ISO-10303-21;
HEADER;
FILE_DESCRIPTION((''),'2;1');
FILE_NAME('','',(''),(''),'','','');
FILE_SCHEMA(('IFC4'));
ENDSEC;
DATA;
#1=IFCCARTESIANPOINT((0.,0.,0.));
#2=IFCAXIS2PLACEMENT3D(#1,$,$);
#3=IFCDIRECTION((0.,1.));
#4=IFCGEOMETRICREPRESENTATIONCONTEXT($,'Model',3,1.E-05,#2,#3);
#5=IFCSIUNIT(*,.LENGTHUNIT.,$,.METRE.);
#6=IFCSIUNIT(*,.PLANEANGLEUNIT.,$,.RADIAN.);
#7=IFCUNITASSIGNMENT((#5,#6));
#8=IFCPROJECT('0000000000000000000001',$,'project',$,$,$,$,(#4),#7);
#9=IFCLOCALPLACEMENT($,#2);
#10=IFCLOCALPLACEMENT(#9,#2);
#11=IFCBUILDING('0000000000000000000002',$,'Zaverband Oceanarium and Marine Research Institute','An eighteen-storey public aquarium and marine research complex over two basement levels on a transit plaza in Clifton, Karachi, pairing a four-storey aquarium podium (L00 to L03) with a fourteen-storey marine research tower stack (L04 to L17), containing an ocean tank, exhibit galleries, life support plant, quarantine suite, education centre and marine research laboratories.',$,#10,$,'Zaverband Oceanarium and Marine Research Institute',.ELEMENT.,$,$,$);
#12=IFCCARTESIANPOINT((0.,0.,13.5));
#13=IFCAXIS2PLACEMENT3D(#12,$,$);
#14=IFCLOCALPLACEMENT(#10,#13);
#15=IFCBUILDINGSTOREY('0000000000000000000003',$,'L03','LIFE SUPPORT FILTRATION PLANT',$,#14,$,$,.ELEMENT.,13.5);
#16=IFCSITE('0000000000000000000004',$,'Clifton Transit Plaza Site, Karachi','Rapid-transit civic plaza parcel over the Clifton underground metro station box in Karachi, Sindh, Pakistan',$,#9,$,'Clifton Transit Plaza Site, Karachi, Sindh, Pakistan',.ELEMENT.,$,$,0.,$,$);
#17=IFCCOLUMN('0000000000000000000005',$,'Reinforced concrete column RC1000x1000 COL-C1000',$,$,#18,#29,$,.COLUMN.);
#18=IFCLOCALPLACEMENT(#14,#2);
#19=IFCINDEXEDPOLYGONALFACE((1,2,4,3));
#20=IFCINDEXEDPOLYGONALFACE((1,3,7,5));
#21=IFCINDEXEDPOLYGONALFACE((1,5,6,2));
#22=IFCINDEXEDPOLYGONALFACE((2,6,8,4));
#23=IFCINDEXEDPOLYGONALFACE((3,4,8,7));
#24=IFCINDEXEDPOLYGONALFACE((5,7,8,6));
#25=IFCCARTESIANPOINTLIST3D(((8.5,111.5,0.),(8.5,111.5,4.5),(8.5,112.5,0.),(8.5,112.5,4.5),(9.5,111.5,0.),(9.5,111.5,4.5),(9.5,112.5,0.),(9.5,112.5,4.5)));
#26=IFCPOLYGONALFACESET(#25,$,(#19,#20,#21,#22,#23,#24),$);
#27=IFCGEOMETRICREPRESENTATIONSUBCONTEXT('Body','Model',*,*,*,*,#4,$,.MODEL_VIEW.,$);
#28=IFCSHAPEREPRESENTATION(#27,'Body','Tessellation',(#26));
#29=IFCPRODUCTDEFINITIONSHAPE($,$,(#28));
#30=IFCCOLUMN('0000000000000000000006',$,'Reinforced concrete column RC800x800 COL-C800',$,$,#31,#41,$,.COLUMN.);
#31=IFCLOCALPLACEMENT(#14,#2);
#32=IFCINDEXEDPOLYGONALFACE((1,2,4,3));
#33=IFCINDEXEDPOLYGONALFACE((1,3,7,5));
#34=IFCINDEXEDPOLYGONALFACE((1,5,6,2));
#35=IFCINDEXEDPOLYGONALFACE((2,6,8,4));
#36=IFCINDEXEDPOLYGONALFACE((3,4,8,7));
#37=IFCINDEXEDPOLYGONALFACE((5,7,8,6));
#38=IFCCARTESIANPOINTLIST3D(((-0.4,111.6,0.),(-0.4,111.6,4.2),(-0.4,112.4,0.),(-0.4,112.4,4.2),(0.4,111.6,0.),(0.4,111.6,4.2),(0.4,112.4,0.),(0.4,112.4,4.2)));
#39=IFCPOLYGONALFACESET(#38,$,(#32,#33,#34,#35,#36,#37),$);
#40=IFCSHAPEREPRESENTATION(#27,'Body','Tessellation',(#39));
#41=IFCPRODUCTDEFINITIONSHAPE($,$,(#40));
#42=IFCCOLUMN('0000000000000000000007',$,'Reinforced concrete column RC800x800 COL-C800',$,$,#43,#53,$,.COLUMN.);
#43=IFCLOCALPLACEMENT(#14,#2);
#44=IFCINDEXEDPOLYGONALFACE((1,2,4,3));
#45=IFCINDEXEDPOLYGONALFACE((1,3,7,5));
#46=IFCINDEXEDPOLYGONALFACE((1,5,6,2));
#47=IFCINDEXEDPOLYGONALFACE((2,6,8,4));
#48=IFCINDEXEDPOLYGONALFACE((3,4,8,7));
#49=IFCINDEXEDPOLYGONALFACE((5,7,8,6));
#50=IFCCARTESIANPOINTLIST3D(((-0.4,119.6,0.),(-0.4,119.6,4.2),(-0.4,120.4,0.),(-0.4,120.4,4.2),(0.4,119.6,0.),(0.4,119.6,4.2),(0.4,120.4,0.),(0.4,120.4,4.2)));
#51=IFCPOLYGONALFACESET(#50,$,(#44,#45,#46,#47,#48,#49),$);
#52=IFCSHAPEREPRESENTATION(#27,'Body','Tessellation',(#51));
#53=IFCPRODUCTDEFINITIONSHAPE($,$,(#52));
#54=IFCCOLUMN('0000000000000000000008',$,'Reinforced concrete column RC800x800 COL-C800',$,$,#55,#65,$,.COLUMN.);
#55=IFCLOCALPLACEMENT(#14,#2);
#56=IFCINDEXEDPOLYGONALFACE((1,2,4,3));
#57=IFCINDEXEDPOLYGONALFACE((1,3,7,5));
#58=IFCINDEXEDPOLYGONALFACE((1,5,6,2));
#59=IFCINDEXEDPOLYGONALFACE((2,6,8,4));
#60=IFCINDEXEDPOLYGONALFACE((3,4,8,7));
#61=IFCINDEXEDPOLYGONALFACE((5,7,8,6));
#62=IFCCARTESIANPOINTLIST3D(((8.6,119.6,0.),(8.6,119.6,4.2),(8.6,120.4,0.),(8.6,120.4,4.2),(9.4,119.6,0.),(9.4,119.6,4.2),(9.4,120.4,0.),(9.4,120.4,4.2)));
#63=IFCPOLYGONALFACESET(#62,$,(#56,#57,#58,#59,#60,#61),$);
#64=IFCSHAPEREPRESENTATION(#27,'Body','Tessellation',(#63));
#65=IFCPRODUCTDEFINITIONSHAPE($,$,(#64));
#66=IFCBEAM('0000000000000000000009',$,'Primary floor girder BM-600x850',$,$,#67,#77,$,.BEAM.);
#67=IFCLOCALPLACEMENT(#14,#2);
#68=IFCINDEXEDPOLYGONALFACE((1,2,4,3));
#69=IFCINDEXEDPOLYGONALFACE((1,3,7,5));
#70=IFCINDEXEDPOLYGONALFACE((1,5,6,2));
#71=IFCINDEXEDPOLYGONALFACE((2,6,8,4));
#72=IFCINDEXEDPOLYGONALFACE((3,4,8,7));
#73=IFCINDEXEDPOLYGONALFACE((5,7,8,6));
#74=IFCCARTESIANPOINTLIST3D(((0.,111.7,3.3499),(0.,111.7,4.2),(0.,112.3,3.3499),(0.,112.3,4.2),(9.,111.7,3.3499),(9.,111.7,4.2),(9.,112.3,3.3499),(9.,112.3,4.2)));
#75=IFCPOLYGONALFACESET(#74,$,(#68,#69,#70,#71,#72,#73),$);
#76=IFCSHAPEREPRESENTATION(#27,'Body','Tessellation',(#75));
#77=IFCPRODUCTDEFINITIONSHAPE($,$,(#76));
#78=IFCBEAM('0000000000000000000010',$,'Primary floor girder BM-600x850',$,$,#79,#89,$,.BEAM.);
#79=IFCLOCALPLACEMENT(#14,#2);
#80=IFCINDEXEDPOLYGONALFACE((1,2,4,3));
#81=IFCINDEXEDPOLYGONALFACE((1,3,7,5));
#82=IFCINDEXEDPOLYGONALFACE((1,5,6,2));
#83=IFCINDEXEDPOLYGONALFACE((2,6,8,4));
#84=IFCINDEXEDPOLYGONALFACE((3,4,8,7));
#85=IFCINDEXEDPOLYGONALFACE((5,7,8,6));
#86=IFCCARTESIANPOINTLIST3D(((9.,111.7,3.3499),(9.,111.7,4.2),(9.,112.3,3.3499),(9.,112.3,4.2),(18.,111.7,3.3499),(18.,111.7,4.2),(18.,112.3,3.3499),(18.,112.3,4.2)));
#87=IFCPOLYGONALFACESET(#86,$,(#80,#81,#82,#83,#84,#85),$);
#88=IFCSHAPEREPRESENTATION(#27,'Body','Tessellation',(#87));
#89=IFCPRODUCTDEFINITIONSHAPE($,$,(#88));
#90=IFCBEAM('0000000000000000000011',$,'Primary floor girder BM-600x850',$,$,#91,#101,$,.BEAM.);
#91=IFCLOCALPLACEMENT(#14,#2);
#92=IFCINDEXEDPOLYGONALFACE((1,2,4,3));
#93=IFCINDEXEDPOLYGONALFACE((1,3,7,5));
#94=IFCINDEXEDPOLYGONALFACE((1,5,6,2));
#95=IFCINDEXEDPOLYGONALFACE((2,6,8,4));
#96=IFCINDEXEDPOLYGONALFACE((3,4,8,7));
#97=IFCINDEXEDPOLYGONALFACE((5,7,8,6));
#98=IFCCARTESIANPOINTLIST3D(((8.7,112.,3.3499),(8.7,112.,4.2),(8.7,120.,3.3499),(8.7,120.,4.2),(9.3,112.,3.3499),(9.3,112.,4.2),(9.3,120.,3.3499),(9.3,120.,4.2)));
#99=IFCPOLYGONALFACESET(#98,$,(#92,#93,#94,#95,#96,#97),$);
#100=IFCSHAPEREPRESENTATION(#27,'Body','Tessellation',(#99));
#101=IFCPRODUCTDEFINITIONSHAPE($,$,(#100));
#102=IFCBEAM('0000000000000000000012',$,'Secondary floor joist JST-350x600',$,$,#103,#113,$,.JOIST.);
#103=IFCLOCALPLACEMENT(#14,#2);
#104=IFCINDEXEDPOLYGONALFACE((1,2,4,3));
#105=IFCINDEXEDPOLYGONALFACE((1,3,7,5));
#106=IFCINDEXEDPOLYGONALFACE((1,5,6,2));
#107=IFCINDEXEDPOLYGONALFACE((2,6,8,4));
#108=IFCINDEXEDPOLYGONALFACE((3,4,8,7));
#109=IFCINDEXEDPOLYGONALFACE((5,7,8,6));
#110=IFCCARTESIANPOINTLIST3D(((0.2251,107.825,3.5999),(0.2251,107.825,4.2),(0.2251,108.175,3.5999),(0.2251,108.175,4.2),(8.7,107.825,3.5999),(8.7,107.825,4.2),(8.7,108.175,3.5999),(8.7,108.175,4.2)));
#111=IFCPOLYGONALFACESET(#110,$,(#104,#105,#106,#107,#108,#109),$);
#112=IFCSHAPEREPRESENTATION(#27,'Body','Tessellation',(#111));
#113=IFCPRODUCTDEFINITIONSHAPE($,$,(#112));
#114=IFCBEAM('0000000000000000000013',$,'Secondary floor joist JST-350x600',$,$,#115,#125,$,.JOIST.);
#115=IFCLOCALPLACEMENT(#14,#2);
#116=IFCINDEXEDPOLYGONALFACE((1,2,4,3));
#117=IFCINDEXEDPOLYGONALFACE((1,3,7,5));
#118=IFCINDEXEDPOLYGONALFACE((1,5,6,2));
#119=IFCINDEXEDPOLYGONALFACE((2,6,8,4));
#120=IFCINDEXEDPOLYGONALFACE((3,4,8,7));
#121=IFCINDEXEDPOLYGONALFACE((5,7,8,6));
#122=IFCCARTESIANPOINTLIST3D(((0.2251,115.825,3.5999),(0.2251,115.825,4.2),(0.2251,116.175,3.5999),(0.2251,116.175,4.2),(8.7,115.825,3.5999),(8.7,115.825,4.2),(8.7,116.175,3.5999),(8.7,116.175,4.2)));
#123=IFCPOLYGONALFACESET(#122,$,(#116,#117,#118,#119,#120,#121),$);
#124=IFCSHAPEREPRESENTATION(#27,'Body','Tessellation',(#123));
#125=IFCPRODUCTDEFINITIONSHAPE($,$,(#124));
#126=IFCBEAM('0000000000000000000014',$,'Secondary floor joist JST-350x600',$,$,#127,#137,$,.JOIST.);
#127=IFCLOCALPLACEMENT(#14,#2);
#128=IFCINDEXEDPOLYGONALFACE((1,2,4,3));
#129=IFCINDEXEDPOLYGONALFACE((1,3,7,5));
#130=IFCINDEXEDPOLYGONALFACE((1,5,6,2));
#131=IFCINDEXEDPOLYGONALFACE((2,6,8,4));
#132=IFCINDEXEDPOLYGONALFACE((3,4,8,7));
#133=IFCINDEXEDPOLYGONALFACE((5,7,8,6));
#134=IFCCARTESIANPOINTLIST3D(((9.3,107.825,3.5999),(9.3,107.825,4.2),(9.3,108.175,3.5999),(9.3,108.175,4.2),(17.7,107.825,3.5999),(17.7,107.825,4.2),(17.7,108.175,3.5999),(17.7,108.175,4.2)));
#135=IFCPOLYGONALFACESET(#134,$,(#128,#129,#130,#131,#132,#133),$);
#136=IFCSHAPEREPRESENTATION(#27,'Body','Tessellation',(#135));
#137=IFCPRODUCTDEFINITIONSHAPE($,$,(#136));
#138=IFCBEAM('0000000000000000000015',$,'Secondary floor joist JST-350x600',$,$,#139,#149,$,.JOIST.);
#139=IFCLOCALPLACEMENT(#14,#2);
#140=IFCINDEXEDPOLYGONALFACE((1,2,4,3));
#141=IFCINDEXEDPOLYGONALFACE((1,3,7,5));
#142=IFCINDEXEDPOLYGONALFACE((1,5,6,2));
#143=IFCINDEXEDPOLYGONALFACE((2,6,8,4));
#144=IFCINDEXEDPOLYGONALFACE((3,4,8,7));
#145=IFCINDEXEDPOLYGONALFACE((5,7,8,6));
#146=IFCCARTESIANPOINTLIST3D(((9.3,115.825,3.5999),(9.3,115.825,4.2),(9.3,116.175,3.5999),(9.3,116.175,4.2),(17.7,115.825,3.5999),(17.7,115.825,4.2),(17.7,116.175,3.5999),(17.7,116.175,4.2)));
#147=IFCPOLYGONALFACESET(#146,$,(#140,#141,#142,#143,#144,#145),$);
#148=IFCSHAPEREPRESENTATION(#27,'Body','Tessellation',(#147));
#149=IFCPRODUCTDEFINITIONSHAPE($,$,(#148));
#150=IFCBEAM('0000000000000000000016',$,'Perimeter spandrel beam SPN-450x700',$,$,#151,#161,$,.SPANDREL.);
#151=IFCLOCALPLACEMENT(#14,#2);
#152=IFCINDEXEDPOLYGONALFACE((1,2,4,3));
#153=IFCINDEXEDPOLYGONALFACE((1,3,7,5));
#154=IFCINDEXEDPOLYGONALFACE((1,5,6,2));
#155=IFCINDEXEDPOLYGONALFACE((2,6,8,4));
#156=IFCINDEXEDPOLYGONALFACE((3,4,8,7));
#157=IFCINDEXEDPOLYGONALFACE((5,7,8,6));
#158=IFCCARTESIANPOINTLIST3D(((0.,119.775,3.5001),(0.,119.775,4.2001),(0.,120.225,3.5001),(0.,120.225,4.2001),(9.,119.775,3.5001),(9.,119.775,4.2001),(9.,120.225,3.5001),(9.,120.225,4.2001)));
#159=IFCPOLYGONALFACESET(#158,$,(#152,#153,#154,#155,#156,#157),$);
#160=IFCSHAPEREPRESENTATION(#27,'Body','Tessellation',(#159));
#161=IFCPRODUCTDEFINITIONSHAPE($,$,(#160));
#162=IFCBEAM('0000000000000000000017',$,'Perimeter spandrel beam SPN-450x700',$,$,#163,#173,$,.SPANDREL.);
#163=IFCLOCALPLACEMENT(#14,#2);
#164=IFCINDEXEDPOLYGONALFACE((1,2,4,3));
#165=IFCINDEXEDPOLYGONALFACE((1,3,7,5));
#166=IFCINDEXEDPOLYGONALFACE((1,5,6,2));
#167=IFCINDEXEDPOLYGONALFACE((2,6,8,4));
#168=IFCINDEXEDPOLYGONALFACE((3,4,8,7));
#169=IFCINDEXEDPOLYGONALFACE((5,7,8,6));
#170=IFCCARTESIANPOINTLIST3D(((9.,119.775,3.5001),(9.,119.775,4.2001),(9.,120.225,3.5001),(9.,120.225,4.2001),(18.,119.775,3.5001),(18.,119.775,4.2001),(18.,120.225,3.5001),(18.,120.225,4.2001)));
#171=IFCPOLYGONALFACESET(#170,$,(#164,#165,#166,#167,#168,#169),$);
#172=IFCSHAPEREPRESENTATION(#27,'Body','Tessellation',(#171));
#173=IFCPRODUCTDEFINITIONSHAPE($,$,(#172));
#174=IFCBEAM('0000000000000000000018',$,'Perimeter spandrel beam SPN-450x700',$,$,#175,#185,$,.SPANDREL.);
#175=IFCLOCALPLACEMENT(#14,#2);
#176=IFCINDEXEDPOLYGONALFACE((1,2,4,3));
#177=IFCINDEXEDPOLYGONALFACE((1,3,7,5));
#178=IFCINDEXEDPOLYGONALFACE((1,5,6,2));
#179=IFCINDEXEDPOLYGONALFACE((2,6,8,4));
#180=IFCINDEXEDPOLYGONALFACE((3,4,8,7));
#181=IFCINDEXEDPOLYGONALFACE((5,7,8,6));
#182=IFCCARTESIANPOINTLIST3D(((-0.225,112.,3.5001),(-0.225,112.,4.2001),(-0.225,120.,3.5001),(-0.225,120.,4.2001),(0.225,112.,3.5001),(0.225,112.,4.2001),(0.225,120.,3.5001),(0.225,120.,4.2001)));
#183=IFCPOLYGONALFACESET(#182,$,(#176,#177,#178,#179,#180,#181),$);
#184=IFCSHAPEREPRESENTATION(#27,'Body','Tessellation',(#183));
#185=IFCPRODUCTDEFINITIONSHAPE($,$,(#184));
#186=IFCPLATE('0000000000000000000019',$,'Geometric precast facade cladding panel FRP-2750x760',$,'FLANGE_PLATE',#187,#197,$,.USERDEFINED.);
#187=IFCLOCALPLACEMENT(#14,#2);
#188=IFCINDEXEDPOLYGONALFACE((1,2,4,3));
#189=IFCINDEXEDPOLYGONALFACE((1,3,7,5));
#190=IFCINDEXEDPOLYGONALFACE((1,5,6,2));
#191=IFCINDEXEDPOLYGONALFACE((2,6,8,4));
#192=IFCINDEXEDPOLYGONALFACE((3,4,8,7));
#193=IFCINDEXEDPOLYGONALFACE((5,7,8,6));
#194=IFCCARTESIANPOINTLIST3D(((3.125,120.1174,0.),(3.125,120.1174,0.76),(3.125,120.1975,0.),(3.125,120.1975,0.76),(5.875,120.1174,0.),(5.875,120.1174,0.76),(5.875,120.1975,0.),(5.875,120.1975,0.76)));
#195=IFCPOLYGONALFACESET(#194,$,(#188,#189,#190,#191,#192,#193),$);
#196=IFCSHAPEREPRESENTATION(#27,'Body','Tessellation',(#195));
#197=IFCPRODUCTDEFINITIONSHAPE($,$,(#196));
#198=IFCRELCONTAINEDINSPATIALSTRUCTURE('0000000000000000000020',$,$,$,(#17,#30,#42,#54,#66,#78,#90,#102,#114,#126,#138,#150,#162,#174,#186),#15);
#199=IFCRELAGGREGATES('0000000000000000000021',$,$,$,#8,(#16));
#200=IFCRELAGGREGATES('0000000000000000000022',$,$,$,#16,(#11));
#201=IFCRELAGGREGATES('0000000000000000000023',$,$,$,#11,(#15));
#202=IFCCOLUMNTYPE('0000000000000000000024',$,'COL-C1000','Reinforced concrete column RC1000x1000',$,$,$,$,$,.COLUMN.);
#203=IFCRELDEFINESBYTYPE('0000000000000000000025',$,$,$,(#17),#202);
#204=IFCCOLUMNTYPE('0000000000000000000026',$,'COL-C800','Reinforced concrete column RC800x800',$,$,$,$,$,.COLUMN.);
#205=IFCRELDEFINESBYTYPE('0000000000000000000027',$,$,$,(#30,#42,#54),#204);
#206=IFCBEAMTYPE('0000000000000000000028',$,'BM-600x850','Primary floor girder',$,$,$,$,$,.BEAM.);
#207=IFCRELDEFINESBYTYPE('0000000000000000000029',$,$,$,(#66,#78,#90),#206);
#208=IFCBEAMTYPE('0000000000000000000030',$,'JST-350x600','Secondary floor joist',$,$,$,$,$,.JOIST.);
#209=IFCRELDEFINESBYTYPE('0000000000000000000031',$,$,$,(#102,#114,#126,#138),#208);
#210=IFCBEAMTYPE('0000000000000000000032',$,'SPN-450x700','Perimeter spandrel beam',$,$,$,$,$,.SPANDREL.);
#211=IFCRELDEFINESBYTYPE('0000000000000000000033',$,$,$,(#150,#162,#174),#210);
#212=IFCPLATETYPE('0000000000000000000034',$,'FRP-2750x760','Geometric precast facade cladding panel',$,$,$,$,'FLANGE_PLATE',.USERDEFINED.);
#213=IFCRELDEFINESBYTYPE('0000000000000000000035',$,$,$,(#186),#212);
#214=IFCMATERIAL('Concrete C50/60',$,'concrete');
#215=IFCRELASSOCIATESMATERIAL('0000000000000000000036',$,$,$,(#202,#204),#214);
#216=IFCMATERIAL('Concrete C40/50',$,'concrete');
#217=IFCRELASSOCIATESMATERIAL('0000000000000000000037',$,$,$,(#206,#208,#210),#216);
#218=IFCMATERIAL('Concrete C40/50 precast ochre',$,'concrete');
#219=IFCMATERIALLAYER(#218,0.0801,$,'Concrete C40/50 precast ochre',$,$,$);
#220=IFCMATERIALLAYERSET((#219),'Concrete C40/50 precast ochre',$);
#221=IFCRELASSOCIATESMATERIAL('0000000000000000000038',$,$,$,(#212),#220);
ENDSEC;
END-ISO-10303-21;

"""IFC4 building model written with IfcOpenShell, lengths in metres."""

from ifc_helpers import new_model, si_unit, direction, frame, frame_2d, origin, origin_2d, place, context, subcontext, project, spatial, rectangle, extrude, material, layer, layer_set, material_profile, profile_set, type_object, element, save


model = new_model("IFC4")

# Units and contexts
model_context = context("Model", 3, precision=1e-05, world=origin(), true_north=direction((0.0, 1.0)))
body_context = subcontext(model_context, "Body", "Model", "MODEL_VIEW")
ifc_project = project(units=[si_unit("LENGTHUNIT", "METRE"), si_unit("PLANEANGLEUNIT", "RADIAN")], contexts=[model_context])

# Site, building, storey
site_placement = place(None, origin())
site = spatial("IfcSite", under=ifc_project, at=site_placement, Name="Clifton Transit Plaza Site, Karachi", Description="Rapid-transit civic plaza parcel over the Clifton underground metro station box in Karachi, Sindh, Pakistan", LongName="Clifton Transit Plaza Site, Karachi, Sindh, Pakistan", CompositionType="ELEMENT", RefElevation=0.0)
building_placement = place(site_placement, origin())
building = spatial("IfcBuilding", under=site, at=building_placement, Name="Zaverband Oceanarium and Marine Research Institute", Description="An eighteen-storey public aquarium and marine research complex over two basement levels on a transit plaza in Clifton, Karachi, pairing a four-storey aquarium podium (L00 to L03) with a fourteen-storey marine research tower stack (L04 to L17), containing an ocean tank, exhibit galleries, life support plant, quarantine suite, education centre and marine research laboratories.", LongName="Zaverband Oceanarium and Marine Research Institute", CompositionType="ELEMENT")
storey_placement = place(building_placement, frame((0.0, 0.0, 13.5)))
storey = spatial("IfcBuildingStorey", under=building, at=storey_placement, Name="L03", Description="LIFE SUPPORT FILTRATION PLANT", CompositionType="ELEMENT", Elevation=13.5)

# Columns
ifc_material_1 = material(Name="Concrete C50/60", Category="concrete")
ifc_material_profile_1 = material_profile(ifc_material_1, rectangle(XDim=1.0, YDim=1.0, at=origin_2d()), Name="RC1000x1000")
ifc_profile_set_1 = profile_set([ifc_material_profile_1], Name="Concrete C50/60")
column_type_1 = type_object("IfcColumnType", Name="COL-C1000", Description="Reinforced concrete column RC1000x1000", PredefinedType="COLUMN", material=ifc_profile_set_1)
column_placement = place(storey_placement, frame((9.0, 112.0, 0.0), z_axis=(0.0, 0.0, 1.0), x_axis=(1.0, 0.0, 0.0)))
element("IfcColumn", 1, at=column_placement, inside=storey, type_object=column_type_1, Name="Reinforced concrete column RC1000x1000 COL-C1000", PredefinedType="COLUMN", context=body_context, shape_type="SweptSolid", body=[
    extrude(rectangle(XDim=1.0, YDim=1.0, at=origin_2d()), origin(), (0.0, 0.0, 1.0), 4.5),
])
ifc_material_profile_2 = material_profile(ifc_material_1, rectangle(XDim=0.8, YDim=0.8, at=origin_2d()), Name="RC800x800")
ifc_profile_set_2 = profile_set([ifc_material_profile_2], Name="Concrete C50/60")
column_type_2 = type_object("IfcColumnType", Name="COL-C800", Description="Reinforced concrete column RC800x800", PredefinedType="COLUMN", material=ifc_profile_set_2)
for number, where, z_axis, x_axis, name in (
    (2, (0.0, 112.0, 0.0), (0.0, 0.0, 1.0), (1.0, 0.0, 0.0), "Reinforced concrete column RC800x800 COL-C800"),
    (3, (0.0, 120.0, 0.0), (0.0, 0.0, 1.0), (1.0, 0.0, 0.0), "Reinforced concrete column RC800x800 COL-C800"),
    (4, (9.0, 120.0, 0.0), (0.0, 0.0, 1.0), (1.0, 0.0, 0.0), "Reinforced concrete column RC800x800 COL-C800"),
):
    element("IfcColumn", number, at=place(storey_placement, frame(where, z_axis=z_axis, x_axis=x_axis)), inside=storey, type_object=column_type_2, Name=name, PredefinedType="COLUMN", context=body_context, shape_type="SweptSolid", body=[
        extrude(rectangle(XDim=0.8, YDim=0.8, at=origin_2d()), origin(), (0.0, 0.0, 1.0), 4.2),
    ])

# Beams
ifc_material_2 = material(Name="Concrete C40/50", Category="concrete")
ifc_material_profile_3 = material_profile(ifc_material_2, rectangle(XDim=0.6001, YDim=0.8501, at=origin_2d()), Name="RC600x850")
ifc_profile_set_3 = profile_set([ifc_material_profile_3], Name="Concrete C40/50")
beam_type_1 = type_object("IfcBeamType", Name="BM-600x850", Description="Primary floor girder", PredefinedType="BEAM", material=ifc_profile_set_3)
for number, where, z_axis, x_axis, name in (
    (5, (0.0, 112.0, 3.7749), (1.0, 0.0, 0.0), (0.0, 1.0, 0.0), "Primary floor girder BM-600x850"),
    (6, (9.0, 112.0, 3.7749), (1.0, 0.0, 0.0), (0.0, 1.0, 0.0), "Primary floor girder BM-600x850"),
):
    element("IfcBeam", number, at=place(storey_placement, frame(where, z_axis=z_axis, x_axis=x_axis)), inside=storey, type_object=beam_type_1, Name=name, PredefinedType="BEAM", context=body_context, shape_type="SweptSolid", body=[
        extrude(rectangle(XDim=0.6001, YDim=0.8501, at=origin_2d()), origin(), (0.0, 0.0, 1.0), 9.0),
    ])
beam_1_placement = place(storey_placement, frame((9.0, 112.0, 3.7749), z_axis=(0.0, 1.0, 0.0), x_axis=(-1.0, 0.0, 0.0)))
element("IfcBeam", 7, at=beam_1_placement, inside=storey, type_object=beam_type_1, Name="Primary floor girder BM-600x850", PredefinedType="BEAM", context=body_context, shape_type="SweptSolid", body=[
    extrude(rectangle(XDim=0.6001, YDim=0.8501, at=origin_2d()), origin(), (0.0, 0.0, 1.0), 8.0),
])
ifc_material_profile_4 = material_profile(ifc_material_2, rectangle(XDim=0.3501, YDim=0.6001, at=origin_2d()), Name="RC350x600")
ifc_profile_set_4 = profile_set([ifc_material_profile_4], Name="Concrete C40/50")
beam_type_2 = type_object("IfcBeamType", Name="JST-350x600", Description="Secondary floor joist", PredefinedType="JOIST", material=ifc_profile_set_4)
for number, where, z_axis, x_axis, name in (
    (8, (0.2251, 108.0, 3.8999), (1.0, 0.0, 0.0), (0.0, 1.0, 0.0), "Secondary floor joist JST-350x600"),
    (9, (0.2251, 116.0, 3.8999), (1.0, 0.0, 0.0), (0.0, 1.0, 0.0), "Secondary floor joist JST-350x600"),
):
    element("IfcBeam", number, at=place(storey_placement, frame(where, z_axis=z_axis, x_axis=x_axis)), inside=storey, type_object=beam_type_2, Name=name, PredefinedType="JOIST", context=body_context, shape_type="SweptSolid", body=[
        extrude(rectangle(XDim=0.3501, YDim=0.6001, at=origin_2d()), origin(), (0.0, 0.0, 1.0), 8.4749),
    ])
for number, where, z_axis, x_axis, name in (
    (10, (9.3, 108.0, 3.8999), (1.0, 0.0, 0.0), (0.0, 1.0, 0.0), "Secondary floor joist JST-350x600"),
    (11, (9.3, 116.0, 3.8999), (1.0, 0.0, 0.0), (0.0, 1.0, 0.0), "Secondary floor joist JST-350x600"),
):
    element("IfcBeam", number, at=place(storey_placement, frame(where, z_axis=z_axis, x_axis=x_axis)), inside=storey, type_object=beam_type_2, Name=name, PredefinedType="JOIST", context=body_context, shape_type="SweptSolid", body=[
        extrude(rectangle(XDim=0.3501, YDim=0.6001, at=origin_2d()), origin(), (0.0, 0.0, 1.0), 8.3999),
    ])
ifc_material_profile_5 = material_profile(ifc_material_2, rectangle(XDim=0.45, YDim=0.7, at=origin_2d()), Name="RC450x700")
ifc_profile_set_5 = profile_set([ifc_material_profile_5], Name="Concrete C40/50")
beam_type_3 = type_object("IfcBeamType", Name="SPN-450x700", Description="Perimeter spandrel beam", PredefinedType="SPANDREL", material=ifc_profile_set_5)
for number, where, z_axis, x_axis, name in (
    (12, (0.0, 120.0, 3.8501), (1.0, 0.0, 0.0), (0.0, 1.0, 0.0), "Perimeter spandrel beam SPN-450x700"),
    (13, (9.0, 120.0, 3.8501), (1.0, 0.0, 0.0), (0.0, 1.0, 0.0), "Perimeter spandrel beam SPN-450x700"),
):
    element("IfcBeam", number, at=place(storey_placement, frame(where, z_axis=z_axis, x_axis=x_axis)), inside=storey, type_object=beam_type_3, Name=name, PredefinedType="SPANDREL", context=body_context, shape_type="SweptSolid", body=[
        extrude(rectangle(XDim=0.45, YDim=0.7, at=origin_2d()), origin(), (0.0, 0.0, 1.0), 9.0),
    ])
beam_2_placement = place(storey_placement, frame((0.0, 112.0, 3.8501), z_axis=(0.0, 1.0, 0.0), x_axis=(-1.0, 0.0, 0.0)))
element("IfcBeam", 14, at=beam_2_placement, inside=storey, type_object=beam_type_3, Name="Perimeter spandrel beam SPN-450x700", PredefinedType="SPANDREL", context=body_context, shape_type="SweptSolid", body=[
    extrude(rectangle(XDim=0.45, YDim=0.7, at=origin_2d()), origin(), (0.0, 0.0, 1.0), 8.0),
])

# Plate
ifc_material_3 = material(Name="Concrete C40/50 precast ochre", Category="concrete")
ifc_layer_1 = layer(ifc_material_3, 0.0801, Name="Concrete C40/50 precast ochre")
ifc_layer_set_1 = layer_set([ifc_layer_1], Name="Concrete C40/50 precast ochre")
plate_type_1 = type_object("IfcPlateType", Name="FRP-2750x760", Description="Geometric precast facade cladding panel", ElementType="FLANGE_PLATE", PredefinedType="USERDEFINED", material=ifc_layer_set_1)
plate_1_placement = place(storey_placement, frame((3.125, 120.1575, 0.0), z_axis=(0.0, 0.0, 1.0), x_axis=(1.0, 0.0, 0.0)))
element("IfcPlate", 15, at=plate_1_placement, inside=storey, type_object=plate_type_1, Name="Geometric precast facade cladding panel FRP-2750x760", ObjectType="FLANGE_PLATE", PredefinedType="USERDEFINED", context=body_context, shape_type="SweptSolid", body=[
    extrude(rectangle(XDim=2.75, YDim=0.0801, at=frame_2d((1.375, 0.0))), origin(), (0.0, 0.0, 1.0), 0.76),
])

save(model, "model.ifc")
